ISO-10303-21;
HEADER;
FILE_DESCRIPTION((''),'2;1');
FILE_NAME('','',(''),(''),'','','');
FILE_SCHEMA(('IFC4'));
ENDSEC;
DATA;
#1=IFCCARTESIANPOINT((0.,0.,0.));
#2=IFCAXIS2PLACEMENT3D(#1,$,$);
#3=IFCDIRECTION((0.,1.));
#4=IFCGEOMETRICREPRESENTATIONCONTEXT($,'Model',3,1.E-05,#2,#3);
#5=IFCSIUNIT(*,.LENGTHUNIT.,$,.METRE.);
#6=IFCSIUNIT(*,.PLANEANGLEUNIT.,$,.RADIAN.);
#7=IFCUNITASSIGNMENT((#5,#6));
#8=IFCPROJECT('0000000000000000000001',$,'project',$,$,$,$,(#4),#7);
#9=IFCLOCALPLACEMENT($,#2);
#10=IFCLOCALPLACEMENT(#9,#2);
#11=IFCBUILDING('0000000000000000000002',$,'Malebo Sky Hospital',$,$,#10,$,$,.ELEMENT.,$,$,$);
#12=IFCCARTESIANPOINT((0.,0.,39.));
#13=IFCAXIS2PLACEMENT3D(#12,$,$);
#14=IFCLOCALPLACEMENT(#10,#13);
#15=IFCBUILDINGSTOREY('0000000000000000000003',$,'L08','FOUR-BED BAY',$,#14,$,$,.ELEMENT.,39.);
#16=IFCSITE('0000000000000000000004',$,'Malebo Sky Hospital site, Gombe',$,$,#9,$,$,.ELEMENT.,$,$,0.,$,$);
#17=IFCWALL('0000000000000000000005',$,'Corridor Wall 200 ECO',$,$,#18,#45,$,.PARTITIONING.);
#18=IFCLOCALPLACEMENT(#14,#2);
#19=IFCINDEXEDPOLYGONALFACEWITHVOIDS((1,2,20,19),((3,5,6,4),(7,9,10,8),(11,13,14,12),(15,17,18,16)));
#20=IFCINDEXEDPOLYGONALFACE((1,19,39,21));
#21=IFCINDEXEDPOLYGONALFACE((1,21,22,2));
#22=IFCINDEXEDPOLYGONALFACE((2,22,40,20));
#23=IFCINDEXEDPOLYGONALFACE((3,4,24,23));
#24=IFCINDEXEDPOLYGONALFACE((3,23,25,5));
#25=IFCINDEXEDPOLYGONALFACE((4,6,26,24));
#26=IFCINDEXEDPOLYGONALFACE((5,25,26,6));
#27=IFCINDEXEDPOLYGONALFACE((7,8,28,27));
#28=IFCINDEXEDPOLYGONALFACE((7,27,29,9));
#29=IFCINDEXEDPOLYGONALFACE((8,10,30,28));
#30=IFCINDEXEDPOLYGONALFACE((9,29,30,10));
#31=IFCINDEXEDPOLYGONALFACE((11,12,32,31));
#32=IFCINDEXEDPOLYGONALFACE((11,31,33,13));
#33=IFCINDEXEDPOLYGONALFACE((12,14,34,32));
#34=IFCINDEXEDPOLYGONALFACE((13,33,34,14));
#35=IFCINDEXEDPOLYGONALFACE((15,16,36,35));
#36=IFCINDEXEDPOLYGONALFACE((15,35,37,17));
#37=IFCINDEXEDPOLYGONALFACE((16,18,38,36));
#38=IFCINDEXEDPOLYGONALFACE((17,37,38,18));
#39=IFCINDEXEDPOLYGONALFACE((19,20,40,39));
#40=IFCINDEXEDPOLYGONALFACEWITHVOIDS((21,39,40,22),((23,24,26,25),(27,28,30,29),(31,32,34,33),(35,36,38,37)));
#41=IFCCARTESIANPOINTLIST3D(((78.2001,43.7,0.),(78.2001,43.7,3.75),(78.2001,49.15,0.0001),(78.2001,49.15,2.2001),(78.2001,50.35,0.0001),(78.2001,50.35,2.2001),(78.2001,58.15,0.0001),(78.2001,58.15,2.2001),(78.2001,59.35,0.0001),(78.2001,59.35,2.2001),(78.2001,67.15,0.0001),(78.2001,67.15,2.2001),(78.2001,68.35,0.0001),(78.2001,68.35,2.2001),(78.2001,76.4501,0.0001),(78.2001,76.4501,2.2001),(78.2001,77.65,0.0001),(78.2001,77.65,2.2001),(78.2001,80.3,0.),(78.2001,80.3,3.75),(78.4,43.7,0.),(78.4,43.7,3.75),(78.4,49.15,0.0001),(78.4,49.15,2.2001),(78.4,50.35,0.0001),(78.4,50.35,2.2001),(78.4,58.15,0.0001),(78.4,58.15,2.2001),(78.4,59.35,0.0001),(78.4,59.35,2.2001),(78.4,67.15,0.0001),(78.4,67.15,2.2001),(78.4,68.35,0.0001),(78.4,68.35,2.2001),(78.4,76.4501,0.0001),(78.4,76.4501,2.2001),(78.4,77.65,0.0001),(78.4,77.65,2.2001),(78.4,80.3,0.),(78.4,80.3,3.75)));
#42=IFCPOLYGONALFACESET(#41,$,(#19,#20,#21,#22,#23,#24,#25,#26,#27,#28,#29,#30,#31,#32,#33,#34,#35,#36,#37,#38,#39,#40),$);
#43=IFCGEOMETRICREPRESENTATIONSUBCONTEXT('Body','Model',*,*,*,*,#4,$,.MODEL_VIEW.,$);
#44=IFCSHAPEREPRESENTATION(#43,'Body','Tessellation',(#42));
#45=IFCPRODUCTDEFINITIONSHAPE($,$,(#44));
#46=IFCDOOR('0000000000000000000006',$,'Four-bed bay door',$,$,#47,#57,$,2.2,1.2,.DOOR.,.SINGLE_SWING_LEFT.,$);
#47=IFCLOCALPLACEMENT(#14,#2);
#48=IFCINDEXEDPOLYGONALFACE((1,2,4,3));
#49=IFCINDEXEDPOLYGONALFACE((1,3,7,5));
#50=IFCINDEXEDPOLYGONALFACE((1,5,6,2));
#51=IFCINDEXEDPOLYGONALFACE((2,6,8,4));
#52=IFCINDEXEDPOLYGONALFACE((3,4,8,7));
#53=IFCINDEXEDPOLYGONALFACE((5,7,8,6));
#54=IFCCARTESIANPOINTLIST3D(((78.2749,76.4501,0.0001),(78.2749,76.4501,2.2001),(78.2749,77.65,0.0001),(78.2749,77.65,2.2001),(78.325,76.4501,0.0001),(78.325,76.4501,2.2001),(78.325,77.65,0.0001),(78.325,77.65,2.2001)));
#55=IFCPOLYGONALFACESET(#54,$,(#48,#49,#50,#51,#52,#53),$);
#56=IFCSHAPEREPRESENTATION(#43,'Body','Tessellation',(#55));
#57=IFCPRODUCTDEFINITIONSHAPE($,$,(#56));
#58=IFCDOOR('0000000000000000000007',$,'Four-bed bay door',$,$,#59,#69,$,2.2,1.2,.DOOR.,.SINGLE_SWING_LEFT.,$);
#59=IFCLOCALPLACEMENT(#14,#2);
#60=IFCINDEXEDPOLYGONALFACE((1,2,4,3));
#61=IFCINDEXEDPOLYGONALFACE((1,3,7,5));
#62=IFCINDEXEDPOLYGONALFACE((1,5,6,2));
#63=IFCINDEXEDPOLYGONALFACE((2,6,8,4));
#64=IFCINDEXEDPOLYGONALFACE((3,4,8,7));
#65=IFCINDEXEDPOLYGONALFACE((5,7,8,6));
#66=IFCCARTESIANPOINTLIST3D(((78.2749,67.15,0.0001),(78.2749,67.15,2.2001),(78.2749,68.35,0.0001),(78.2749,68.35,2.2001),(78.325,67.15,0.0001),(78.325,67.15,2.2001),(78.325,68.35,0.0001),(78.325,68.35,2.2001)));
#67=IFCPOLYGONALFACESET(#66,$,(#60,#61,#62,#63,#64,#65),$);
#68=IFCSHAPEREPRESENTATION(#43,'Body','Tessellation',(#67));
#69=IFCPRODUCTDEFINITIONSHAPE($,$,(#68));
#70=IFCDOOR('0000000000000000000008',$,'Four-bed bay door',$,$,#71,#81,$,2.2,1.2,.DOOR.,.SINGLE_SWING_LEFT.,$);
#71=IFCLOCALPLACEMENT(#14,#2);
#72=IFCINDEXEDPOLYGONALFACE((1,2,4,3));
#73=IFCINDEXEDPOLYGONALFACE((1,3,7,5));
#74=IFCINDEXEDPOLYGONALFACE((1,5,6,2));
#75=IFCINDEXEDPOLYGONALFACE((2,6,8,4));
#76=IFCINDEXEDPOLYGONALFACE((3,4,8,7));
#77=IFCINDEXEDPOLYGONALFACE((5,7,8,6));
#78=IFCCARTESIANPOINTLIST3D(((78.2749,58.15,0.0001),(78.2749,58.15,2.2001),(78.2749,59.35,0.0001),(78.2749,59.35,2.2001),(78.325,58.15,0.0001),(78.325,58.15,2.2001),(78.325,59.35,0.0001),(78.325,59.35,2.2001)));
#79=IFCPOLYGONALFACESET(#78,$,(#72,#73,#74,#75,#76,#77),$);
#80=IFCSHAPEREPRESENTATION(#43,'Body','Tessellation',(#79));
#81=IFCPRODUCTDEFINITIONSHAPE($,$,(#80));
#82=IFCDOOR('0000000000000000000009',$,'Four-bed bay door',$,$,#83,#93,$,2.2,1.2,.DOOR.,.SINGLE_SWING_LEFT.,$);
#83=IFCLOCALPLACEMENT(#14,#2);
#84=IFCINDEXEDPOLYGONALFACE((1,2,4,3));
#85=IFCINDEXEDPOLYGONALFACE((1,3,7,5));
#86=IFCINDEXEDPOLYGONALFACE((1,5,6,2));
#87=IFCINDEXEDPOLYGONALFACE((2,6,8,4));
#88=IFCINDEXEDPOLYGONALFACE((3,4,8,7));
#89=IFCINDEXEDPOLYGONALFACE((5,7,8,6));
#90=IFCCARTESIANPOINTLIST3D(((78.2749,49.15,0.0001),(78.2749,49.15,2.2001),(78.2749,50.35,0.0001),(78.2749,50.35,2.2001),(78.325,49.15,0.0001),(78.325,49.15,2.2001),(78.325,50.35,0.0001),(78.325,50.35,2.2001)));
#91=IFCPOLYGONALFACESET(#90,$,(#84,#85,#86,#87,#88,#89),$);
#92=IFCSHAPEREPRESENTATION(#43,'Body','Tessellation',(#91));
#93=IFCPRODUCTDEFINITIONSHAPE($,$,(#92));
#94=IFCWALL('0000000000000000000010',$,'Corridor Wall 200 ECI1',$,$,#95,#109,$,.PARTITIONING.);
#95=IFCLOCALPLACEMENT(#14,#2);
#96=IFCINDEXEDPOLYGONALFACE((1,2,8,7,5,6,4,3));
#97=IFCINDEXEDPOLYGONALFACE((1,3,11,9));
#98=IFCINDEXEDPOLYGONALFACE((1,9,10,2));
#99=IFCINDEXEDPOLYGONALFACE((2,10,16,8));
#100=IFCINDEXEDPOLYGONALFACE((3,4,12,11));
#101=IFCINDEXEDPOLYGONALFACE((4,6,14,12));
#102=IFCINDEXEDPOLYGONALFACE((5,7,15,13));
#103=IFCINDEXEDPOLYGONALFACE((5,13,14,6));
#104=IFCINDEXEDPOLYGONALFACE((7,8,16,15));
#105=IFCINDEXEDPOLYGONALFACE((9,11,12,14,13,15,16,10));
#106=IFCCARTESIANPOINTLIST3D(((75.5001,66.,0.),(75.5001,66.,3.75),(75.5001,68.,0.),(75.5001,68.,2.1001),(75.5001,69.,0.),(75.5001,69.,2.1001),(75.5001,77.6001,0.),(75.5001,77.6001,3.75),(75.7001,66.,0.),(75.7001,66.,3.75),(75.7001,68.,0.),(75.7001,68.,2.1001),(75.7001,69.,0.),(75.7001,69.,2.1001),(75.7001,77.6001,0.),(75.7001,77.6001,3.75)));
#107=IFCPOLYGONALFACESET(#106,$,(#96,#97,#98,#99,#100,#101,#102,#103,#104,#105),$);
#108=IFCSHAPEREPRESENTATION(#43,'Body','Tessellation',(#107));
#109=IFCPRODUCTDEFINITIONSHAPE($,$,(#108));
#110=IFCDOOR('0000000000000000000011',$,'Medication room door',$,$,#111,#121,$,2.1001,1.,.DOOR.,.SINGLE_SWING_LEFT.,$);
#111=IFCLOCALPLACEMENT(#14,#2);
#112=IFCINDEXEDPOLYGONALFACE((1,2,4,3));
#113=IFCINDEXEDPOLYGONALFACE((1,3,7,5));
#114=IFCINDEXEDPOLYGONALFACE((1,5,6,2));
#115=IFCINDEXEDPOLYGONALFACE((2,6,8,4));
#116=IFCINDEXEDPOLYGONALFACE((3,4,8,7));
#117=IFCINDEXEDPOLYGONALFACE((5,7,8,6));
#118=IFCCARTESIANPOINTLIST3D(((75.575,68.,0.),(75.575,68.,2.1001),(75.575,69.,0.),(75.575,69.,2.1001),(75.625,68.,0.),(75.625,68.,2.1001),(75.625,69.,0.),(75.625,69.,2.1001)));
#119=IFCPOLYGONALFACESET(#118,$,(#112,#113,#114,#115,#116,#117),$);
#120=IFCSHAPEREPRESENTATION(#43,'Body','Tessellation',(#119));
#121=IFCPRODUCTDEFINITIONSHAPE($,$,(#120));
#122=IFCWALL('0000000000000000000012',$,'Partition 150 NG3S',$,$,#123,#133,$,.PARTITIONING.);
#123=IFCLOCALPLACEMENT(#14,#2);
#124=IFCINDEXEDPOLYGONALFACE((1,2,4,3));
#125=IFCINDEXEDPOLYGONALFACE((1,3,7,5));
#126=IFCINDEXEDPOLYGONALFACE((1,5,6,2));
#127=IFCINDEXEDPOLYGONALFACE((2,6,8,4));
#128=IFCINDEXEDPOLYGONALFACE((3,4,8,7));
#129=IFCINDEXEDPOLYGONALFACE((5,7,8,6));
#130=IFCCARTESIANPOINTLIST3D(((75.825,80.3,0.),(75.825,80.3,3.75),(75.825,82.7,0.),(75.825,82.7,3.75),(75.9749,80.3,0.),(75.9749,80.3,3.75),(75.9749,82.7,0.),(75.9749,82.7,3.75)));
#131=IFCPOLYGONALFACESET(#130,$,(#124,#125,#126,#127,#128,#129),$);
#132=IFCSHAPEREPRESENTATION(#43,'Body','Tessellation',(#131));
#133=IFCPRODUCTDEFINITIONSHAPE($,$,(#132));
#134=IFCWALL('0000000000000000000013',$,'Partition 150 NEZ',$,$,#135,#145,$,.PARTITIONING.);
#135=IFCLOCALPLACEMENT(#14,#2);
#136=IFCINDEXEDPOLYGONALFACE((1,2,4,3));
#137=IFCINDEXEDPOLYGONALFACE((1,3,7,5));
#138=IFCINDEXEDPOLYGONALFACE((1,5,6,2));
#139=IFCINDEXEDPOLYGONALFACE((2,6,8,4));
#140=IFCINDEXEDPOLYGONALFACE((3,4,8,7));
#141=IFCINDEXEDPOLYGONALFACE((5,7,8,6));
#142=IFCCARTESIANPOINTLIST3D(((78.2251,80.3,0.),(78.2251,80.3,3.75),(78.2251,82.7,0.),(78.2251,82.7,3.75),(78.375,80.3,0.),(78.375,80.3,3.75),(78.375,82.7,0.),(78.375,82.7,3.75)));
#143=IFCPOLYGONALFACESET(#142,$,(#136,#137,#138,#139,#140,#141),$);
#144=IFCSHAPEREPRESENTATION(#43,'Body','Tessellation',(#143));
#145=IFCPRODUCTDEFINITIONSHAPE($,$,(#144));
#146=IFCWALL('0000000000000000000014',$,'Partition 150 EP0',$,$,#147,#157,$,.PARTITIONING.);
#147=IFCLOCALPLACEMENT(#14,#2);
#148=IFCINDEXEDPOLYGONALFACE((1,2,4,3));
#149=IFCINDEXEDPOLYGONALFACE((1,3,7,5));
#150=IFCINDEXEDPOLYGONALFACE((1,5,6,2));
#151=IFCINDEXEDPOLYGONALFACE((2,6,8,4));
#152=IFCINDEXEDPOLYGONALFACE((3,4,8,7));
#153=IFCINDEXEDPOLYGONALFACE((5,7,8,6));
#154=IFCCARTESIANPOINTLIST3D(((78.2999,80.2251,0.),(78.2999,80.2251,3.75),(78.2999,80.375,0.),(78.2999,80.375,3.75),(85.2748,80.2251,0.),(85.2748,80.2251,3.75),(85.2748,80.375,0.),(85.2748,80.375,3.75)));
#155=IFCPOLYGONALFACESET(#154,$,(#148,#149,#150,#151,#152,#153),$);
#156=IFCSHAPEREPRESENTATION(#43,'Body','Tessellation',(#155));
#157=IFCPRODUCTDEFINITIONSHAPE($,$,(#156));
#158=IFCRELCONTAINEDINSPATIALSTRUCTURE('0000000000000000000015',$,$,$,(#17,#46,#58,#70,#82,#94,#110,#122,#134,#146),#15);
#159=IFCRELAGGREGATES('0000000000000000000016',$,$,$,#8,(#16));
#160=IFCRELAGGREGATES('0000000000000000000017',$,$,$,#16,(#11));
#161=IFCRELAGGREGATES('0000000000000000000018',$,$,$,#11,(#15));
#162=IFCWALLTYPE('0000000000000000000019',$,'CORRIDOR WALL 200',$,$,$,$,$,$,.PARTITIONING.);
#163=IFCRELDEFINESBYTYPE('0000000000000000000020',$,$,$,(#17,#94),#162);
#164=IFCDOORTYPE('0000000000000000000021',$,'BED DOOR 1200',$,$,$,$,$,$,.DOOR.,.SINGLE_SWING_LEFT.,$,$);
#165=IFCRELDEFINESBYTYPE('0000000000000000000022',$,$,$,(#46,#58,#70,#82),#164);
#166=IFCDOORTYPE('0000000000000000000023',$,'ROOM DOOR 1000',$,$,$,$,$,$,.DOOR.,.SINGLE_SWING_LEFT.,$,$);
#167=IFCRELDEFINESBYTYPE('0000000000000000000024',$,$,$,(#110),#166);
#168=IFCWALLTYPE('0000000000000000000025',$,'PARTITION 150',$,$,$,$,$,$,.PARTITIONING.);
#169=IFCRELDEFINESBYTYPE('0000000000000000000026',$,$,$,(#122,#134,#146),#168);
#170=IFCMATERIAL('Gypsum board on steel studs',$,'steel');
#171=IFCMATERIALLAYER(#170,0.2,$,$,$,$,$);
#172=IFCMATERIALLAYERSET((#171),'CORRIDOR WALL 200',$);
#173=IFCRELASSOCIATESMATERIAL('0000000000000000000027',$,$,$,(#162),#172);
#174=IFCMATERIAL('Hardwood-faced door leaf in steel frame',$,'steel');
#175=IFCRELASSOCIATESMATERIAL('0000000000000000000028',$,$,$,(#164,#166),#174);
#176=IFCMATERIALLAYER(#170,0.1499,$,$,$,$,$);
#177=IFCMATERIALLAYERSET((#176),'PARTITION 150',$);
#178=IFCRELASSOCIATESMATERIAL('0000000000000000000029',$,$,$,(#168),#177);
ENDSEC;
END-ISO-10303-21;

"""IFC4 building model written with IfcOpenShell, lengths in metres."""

from ifc_helpers import new_model, si_unit, direction, frame, frame_2d, origin, place, context, subcontext, project, spatial, rectangle, extrude, material, layer, layer_set, type_object, element, fill, save


model = new_model("IFC4")

# Units and contexts
model_context = context("Model", 3, precision=1e-05, world=origin(), true_north=direction((0.0, 1.0)))
body_context = subcontext(model_context, "Body", "Model", "MODEL_VIEW")
ifc_project = project(units=[si_unit("LENGTHUNIT", "METRE"), si_unit("PLANEANGLEUNIT", "RADIAN")], contexts=[model_context])

# Site, building, storey
site_placement = place(None, origin())
site = spatial("IfcSite", under=ifc_project, at=site_placement, Name="Malebo Sky Hospital site, Gombe", CompositionType="ELEMENT", RefElevation=0.0)
building_placement = place(site_placement, origin())
building = spatial("IfcBuilding", under=site, at=building_placement, Name="Malebo Sky Hospital", CompositionType="ELEMENT")
storey_placement = place(building_placement, frame((0.0, 0.0, 39.0)))
storey = spatial("IfcBuildingStorey", under=building, at=storey_placement, Name="L08", Description="FOUR-BED BAY", CompositionType="ELEMENT", Elevation=39.0)

# Wall, openings, doors
ifc_material_1 = material(Name="Gypsum board on steel studs", Category="steel")
ifc_layer_1 = layer(ifc_material_1, 0.2)
ifc_layer_set_1 = layer_set([ifc_layer_1], Name="CORRIDOR WALL 200")
wall_type_1 = type_object("IfcWallType", Name="CORRIDOR WALL 200", PredefinedType="PARTITIONING", material=ifc_layer_set_1)
wall_1_placement = place(storey_placement, frame((78.3, 80.3, 0.0), z_axis=(0.0, 0.0, 1.0), x_axis=(0.0, -1.0, 0.0)))
wall_1 = element("IfcWall", 1, at=wall_1_placement, inside=storey, type_object=wall_type_1, Name="Corridor Wall 200 ECO", PredefinedType="PARTITIONING", context=body_context, shape_type="SweptSolid", body=[
    extrude(rectangle(XDim=36.6001, YDim=0.2, at=frame_2d((18.3, 0.0))), origin(), (0.0, 0.0, 1.0), 3.75),
])
opening_1_placement = place(wall_1_placement, frame((2.6499, 0.0, 0.0)))
opening_1 = element("IfcOpeningElement", 2, at=opening_1_placement, cuts=wall_1, PredefinedType="OPENING", context=body_context, shape_type="SweptSolid", body=[
    extrude(rectangle(XDim=1.2, YDim=2.2, at=frame_2d((0.6001, 1.1001))), frame((0.0, 0.1099, 0.0), z_axis=(0.0, -1.0, 0.0), x_axis=(1.0, 0.0, 0.0)), (0.0, 0.0, 1.0), 0.22),
])
opening_2_placement = place(wall_1_placement, frame((11.95, 0.0, 0.0)))
opening_2 = element("IfcOpeningElement", 3, at=opening_2_placement, cuts=wall_1, PredefinedType="OPENING", context=body_context, shape_type="SweptSolid", body=[
    extrude(rectangle(XDim=1.2, YDim=2.2, at=frame_2d((0.6001, 1.1001))), frame((0.0, 0.1099, 0.0), z_axis=(0.0, -1.0, 0.0), x_axis=(1.0, 0.0, 0.0)), (0.0, 0.0, 1.0), 0.22),
])
opening_3_placement = place(wall_1_placement, frame((20.95, 0.0, 0.0)))
opening_3 = element("IfcOpeningElement", 4, at=opening_3_placement, cuts=wall_1, PredefinedType="OPENING", context=body_context, shape_type="SweptSolid", body=[
    extrude(rectangle(XDim=1.2, YDim=2.2, at=frame_2d((0.6001, 1.1001))), frame((0.0, 0.1099, 0.0), z_axis=(0.0, -1.0, 0.0), x_axis=(1.0, 0.0, 0.0)), (0.0, 0.0, 1.0), 0.22),
])
opening_4_placement = place(wall_1_placement, frame((29.95, 0.0, 0.0)))
opening_4 = element("IfcOpeningElement", 5, at=opening_4_placement, cuts=wall_1, PredefinedType="OPENING", context=body_context, shape_type="SweptSolid", body=[
    extrude(rectangle(XDim=1.2, YDim=2.2, at=frame_2d((0.6001, 1.1001))), frame((0.0, 0.1099, 0.0), z_axis=(0.0, -1.0, 0.0), x_axis=(1.0, 0.0, 0.0)), (0.0, 0.0, 1.0), 0.22),
])
ifc_material_2 = material(Name="Hardwood-faced door leaf in steel frame", Category="steel")
door_type_1 = type_object("IfcDoorType", Name="BED DOOR 1200", OperationType="SINGLE_SWING_LEFT", PredefinedType="DOOR", material=ifc_material_2)
door_1_placement = place(opening_1_placement, origin())
door_1 = element("IfcDoor", 6, at=door_1_placement, inside=storey, type_object=door_type_1, Name="Four-bed bay door", OperationType="SINGLE_SWING_LEFT", OverallHeight=2.2, OverallWidth=1.2, PredefinedType="DOOR", context=body_context, shape_type="SweptSolid", body=[
    extrude(rectangle(XDim=1.2, YDim=2.2, at=frame_2d((0.6001, 1.1001))), frame((0.0, 0.0249, 0.0), z_axis=(0.0, -1.0, 0.0), x_axis=(1.0, 0.0, 0.0)), (0.0, 0.0, 1.0), 0.05),
])
fill(opening_1, door_1)
door_2_placement = place(opening_2_placement, origin())
door_2 = element("IfcDoor", 7, at=door_2_placement, inside=storey, type_object=door_type_1, Name="Four-bed bay door", OperationType="SINGLE_SWING_LEFT", OverallHeight=2.2, OverallWidth=1.2, PredefinedType="DOOR", context=body_context, shape_type="SweptSolid", body=[
    extrude(rectangle(XDim=1.2, YDim=2.2, at=frame_2d((0.6001, 1.1001))), frame((0.0, 0.0249, 0.0), z_axis=(0.0, -1.0, 0.0), x_axis=(1.0, 0.0, 0.0)), (0.0, 0.0, 1.0), 0.05),
])
fill(opening_2, door_2)
door_3_placement = place(opening_3_placement, origin())
door_3 = element("IfcDoor", 8, at=door_3_placement, inside=storey, type_object=door_type_1, Name="Four-bed bay door", OperationType="SINGLE_SWING_LEFT", OverallHeight=2.2, OverallWidth=1.2, PredefinedType="DOOR", context=body_context, shape_type="SweptSolid", body=[
    extrude(rectangle(XDim=1.2, YDim=2.2, at=frame_2d((0.6001, 1.1001))), frame((0.0, 0.0249, 0.0), z_axis=(0.0, -1.0, 0.0), x_axis=(1.0, 0.0, 0.0)), (0.0, 0.0, 1.0), 0.05),
])
fill(opening_3, door_3)
door_4_placement = place(opening_4_placement, origin())
door_4 = element("IfcDoor", 9, at=door_4_placement, inside=storey, type_object=door_type_1, Name="Four-bed bay door", OperationType="SINGLE_SWING_LEFT", OverallHeight=2.2, OverallWidth=1.2, PredefinedType="DOOR", context=body_context, shape_type="SweptSolid", body=[
    extrude(rectangle(XDim=1.2, YDim=2.2, at=frame_2d((0.6001, 1.1001))), frame((0.0, 0.0249, 0.0), z_axis=(0.0, -1.0, 0.0), x_axis=(1.0, 0.0, 0.0)), (0.0, 0.0, 1.0), 0.05),
])
fill(opening_4, door_4)

# Wall, opening, door
wall_2_placement = place(storey_placement, frame((75.6001, 77.6001, 0.0), z_axis=(0.0, 0.0, 1.0), x_axis=(0.0, -1.0, 0.0)))
wall_2 = element("IfcWall", 10, at=wall_2_placement, inside=storey, type_object=wall_type_1, Name="Corridor Wall 200 ECI1", PredefinedType="PARTITIONING", context=body_context, shape_type="SweptSolid", body=[
    extrude(rectangle(XDim=11.6001, YDim=0.2, at=frame_2d((5.8, 0.0))), origin(), (0.0, 0.0, 1.0), 3.75),
])
opening_5_placement = place(wall_2_placement, frame((8.6001, 0.0, 0.0)))
opening_5 = element("IfcOpeningElement", 11, at=opening_5_placement, cuts=wall_2, PredefinedType="OPENING", context=body_context, shape_type="SweptSolid", body=[
    extrude(rectangle(XDim=1.0, YDim=2.1001, at=frame_2d((0.5, 1.05))), frame((0.0, 0.1099, 0.0), z_axis=(0.0, -1.0, 0.0), x_axis=(1.0, 0.0, 0.0)), (0.0, 0.0, 1.0), 0.22),
])
door_type_2 = type_object("IfcDoorType", Name="ROOM DOOR 1000", OperationType="SINGLE_SWING_LEFT", PredefinedType="DOOR", material=ifc_material_2)
door_5_placement = place(opening_5_placement, origin())
door_5 = element("IfcDoor", 12, at=door_5_placement, inside=storey, type_object=door_type_2, Name="Medication room door", OperationType="SINGLE_SWING_LEFT", OverallHeight=2.1001, OverallWidth=1.0, PredefinedType="DOOR", context=body_context, shape_type="SweptSolid", body=[
    extrude(rectangle(XDim=1.0, YDim=2.1001, at=frame_2d((0.5, 1.05))), frame((0.0, 0.0249, 0.0), z_axis=(0.0, -1.0, 0.0), x_axis=(1.0, 0.0, 0.0)), (0.0, 0.0, 1.0), 0.05),
])
fill(opening_5, door_5)

# Walls
ifc_layer_2 = layer(ifc_material_1, 0.1499)
ifc_layer_set_2 = layer_set([ifc_layer_2], Name="PARTITION 150")
wall_type_2 = type_object("IfcWallType", Name="PARTITION 150", PredefinedType="PARTITIONING", material=ifc_layer_set_2)
for number, where, z_axis, x_axis, name in (
    (13, (75.8999, 80.3, 0.0), (0.0, 0.0, 1.0), (0.0, 1.0, 0.0), "Partition 150 NG3S"),
    (14, (78.3, 80.3, 0.0), (0.0, 0.0, 1.0), (0.0, 1.0, 0.0), "Partition 150 NEZ"),
):
    element("IfcWall", number, at=place(storey_placement, frame(where, z_axis=z_axis, x_axis=x_axis)), inside=storey, type_object=wall_type_2, Name=name, PredefinedType="PARTITIONING", context=body_context, shape_type="SweptSolid", body=[
        extrude(rectangle(XDim=2.3999, YDim=0.1499, at=frame_2d((1.2, 0.0))), origin(), (0.0, 0.0, 1.0), 3.75),
    ])
wall_3_placement = place(storey_placement, frame((78.3, 80.3, 0.0), z_axis=(0.0, 0.0, 1.0), x_axis=(1.0, 0.0, 0.0)))
element("IfcWall", 15, at=wall_3_placement, inside=storey, type_object=wall_type_2, Name="Partition 150 EP0", PredefinedType="PARTITIONING", context=body_context, shape_type="SweptSolid", body=[
    extrude(rectangle(XDim=6.9749, YDim=0.1499, at=frame_2d((3.4873, 0.0))), origin(), (0.0, 0.0, 1.0), 3.75),
])

save(model, "model.ifc")
